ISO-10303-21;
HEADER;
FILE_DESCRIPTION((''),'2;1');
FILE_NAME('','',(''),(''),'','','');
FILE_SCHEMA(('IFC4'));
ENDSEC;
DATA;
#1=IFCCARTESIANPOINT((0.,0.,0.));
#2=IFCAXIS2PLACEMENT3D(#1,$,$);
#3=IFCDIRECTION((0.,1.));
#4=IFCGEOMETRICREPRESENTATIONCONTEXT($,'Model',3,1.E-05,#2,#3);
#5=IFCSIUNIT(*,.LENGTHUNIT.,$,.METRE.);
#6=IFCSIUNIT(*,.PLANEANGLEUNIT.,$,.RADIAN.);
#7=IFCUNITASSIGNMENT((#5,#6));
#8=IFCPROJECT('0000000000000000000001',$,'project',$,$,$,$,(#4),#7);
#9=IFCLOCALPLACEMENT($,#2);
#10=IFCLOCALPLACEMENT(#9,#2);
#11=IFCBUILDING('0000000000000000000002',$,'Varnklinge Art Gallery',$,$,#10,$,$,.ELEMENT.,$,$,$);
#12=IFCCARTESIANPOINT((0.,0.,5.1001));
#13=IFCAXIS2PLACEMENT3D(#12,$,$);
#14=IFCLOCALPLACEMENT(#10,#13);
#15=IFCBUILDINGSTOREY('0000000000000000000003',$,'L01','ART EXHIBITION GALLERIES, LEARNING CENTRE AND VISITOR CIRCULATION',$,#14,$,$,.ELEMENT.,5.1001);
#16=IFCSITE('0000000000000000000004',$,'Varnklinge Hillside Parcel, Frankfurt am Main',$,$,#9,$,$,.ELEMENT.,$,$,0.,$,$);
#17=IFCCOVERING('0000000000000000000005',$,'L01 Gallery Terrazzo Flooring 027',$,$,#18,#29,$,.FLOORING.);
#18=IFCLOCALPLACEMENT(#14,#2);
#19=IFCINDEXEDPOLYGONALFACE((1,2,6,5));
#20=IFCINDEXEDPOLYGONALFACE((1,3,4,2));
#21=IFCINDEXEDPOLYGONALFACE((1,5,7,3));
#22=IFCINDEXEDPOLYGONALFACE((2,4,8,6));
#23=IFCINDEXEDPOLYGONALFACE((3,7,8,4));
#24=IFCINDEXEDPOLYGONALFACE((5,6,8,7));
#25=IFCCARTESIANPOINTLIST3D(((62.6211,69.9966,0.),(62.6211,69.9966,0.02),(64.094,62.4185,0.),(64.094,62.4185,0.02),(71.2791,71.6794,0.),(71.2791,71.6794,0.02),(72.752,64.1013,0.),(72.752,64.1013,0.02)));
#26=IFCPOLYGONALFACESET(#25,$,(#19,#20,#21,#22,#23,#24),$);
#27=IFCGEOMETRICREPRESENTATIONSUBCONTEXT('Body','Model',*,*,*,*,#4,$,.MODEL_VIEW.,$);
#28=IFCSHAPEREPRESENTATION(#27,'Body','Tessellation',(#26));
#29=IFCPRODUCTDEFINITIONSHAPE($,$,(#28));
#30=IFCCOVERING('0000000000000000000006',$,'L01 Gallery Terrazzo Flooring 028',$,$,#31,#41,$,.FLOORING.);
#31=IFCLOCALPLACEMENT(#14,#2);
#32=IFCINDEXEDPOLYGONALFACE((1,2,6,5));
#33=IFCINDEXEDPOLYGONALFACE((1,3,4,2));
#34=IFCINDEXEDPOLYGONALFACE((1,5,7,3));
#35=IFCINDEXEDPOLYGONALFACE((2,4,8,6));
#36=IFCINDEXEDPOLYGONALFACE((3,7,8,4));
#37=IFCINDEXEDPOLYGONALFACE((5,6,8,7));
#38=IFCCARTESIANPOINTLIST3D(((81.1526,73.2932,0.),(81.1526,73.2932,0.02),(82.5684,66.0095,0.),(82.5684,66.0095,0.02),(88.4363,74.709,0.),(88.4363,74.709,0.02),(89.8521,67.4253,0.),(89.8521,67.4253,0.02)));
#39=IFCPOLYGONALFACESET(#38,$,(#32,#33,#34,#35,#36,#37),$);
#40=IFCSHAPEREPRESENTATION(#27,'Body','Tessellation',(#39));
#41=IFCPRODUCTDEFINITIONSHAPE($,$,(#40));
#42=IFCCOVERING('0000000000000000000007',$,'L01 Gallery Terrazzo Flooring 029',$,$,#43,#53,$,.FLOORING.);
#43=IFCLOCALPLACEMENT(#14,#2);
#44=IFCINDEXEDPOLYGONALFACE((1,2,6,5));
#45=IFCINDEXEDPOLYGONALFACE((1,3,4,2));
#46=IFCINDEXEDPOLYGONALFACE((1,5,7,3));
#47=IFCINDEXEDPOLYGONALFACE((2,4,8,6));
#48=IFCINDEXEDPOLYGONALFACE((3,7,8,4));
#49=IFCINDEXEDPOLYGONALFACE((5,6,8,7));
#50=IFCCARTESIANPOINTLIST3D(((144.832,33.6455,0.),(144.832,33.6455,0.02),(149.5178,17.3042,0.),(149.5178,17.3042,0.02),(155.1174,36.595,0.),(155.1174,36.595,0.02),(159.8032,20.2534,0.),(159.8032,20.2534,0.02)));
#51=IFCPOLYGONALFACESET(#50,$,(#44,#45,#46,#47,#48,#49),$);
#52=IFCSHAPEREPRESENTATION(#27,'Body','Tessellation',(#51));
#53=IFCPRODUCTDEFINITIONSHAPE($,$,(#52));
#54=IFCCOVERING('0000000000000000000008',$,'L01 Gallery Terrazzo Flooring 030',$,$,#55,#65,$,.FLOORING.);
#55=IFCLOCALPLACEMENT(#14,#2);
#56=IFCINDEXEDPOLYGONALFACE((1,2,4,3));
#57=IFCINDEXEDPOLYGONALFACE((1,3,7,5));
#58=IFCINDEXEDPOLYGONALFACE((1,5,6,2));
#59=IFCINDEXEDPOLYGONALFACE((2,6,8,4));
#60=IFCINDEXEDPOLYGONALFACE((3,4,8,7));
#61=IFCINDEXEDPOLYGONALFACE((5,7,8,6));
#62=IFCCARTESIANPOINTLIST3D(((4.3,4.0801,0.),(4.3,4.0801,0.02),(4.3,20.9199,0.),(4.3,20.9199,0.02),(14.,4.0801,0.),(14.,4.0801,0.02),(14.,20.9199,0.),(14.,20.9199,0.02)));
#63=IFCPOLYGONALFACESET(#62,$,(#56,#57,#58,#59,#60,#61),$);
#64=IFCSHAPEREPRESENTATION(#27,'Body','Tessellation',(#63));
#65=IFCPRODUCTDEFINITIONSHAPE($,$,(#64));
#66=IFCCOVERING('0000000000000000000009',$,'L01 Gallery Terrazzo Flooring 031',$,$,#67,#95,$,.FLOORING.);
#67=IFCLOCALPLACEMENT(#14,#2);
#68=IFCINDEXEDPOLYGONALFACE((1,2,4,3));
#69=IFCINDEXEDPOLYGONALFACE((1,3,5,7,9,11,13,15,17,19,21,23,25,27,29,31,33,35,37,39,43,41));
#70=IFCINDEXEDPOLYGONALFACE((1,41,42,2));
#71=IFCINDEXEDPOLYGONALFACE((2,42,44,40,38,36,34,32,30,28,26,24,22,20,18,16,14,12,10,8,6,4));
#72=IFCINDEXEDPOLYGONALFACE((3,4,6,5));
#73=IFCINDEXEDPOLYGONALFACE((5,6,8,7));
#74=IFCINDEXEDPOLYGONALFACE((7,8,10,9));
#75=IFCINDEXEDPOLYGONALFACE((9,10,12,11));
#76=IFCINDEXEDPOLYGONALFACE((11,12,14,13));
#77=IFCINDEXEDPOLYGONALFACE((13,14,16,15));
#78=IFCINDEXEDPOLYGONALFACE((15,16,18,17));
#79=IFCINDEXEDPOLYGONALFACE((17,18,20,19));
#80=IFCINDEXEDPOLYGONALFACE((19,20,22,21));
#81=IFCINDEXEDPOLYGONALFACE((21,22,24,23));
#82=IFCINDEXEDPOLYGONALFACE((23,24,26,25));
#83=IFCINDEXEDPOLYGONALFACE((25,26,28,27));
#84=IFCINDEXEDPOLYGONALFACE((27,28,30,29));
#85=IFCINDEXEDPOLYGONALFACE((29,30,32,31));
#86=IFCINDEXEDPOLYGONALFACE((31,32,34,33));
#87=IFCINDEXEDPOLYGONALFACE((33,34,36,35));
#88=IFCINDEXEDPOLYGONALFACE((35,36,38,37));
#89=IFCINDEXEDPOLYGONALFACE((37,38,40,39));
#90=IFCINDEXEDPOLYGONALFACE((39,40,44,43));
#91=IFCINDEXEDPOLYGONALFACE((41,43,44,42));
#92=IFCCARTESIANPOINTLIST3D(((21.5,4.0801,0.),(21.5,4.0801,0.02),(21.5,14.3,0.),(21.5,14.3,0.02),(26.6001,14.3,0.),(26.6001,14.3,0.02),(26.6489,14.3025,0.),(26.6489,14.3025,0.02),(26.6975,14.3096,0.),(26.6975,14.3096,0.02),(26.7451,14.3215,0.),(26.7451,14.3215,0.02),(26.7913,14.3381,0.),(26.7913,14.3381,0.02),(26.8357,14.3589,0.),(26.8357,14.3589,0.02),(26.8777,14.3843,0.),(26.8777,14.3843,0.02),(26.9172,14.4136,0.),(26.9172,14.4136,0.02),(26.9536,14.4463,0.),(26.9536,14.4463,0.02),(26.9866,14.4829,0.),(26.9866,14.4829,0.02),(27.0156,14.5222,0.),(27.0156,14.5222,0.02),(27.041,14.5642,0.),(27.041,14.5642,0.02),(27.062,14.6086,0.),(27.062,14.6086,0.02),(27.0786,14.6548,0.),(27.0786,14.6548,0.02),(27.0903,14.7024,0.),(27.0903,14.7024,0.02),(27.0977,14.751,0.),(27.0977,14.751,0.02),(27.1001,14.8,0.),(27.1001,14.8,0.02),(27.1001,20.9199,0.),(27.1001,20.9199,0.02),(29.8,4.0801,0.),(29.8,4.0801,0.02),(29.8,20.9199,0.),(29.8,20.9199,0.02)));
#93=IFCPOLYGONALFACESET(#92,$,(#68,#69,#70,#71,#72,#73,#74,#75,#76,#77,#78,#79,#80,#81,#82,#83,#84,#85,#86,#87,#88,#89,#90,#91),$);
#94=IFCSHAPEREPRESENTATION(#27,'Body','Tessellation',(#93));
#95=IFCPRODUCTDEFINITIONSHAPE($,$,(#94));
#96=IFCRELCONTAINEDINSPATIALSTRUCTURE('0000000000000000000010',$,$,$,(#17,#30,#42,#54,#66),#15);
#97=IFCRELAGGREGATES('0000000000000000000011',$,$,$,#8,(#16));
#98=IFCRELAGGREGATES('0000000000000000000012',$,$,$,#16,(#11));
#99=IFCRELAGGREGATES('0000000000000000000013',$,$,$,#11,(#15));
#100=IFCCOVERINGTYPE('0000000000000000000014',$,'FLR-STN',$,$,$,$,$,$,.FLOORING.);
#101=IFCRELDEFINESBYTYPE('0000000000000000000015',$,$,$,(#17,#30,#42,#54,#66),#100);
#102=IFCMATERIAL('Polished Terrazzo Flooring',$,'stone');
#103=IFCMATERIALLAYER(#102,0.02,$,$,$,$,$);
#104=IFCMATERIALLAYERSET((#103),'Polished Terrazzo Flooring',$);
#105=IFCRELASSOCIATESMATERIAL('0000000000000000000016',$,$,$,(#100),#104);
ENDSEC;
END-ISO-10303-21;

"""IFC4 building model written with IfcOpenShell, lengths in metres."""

from ifc_helpers import new_model, si_unit, direction, frame, origin, place, context, subcontext, project, spatial, polyline, outline, extrude, material, layer, layer_set, type_object, element, save


model = new_model("IFC4")

# Units and contexts
model_context = context("Model", 3, precision=1e-05, world=origin(), true_north=direction((0.0, 1.0)))
body_context = subcontext(model_context, "Body", "Model", "MODEL_VIEW")
ifc_project = project(units=[si_unit("LENGTHUNIT", "METRE"), si_unit("PLANEANGLEUNIT", "RADIAN")], contexts=[model_context])

# Site, building, storey
site_placement = place(None, origin())
site = spatial("IfcSite", under=ifc_project, at=site_placement, Name="Varnklinge Hillside Parcel, Frankfurt am Main", CompositionType="ELEMENT", RefElevation=0.0)
building_placement = place(site_placement, origin())
building = spatial("IfcBuilding", under=site, at=building_placement, Name="Varnklinge Art Gallery", CompositionType="ELEMENT")
storey_placement = place(building_placement, frame((0.0, 0.0, 5.1001)))
storey = spatial("IfcBuildingStorey", under=building, at=storey_placement, Name="L01", Description="ART EXHIBITION GALLERIES, LEARNING CENTRE AND VISITOR CIRCULATION", CompositionType="ELEMENT", Elevation=5.1001)

# Coverings
ifc_material_1 = material(Name="Polished Terrazzo Flooring", Category="stone")
ifc_layer_1 = layer(ifc_material_1, 0.02)
ifc_layer_set_1 = layer_set([ifc_layer_1], Name="Polished Terrazzo Flooring")
covering_type_1 = type_object("IfcCoveringType", Name="FLR-STN", PredefinedType="FLOORING", material=ifc_layer_set_1)
covering_1_placement = place(storey_placement, origin())
element("IfcCovering", 1, at=covering_1_placement, inside=storey, type_object=covering_type_1, Name="L01 Gallery Terrazzo Flooring 027", PredefinedType="FLOORING", context=body_context, shape_type="SweptSolid", body=[
    extrude(outline(polyline([(72.752, 64.1013), (71.2791, 71.6794), (62.6211, 69.9966), (64.094, 62.4185), (72.752, 64.1013)])), origin(), (0.0, 0.0, 1.0), 0.02),
])
covering_2_placement = place(storey_placement, origin())
element("IfcCovering", 2, at=covering_2_placement, inside=storey, type_object=covering_type_1, Name="L01 Gallery Terrazzo Flooring 028", PredefinedType="FLOORING", context=body_context, shape_type="SweptSolid", body=[
    extrude(outline(polyline([(89.8521, 67.4253), (88.4363, 74.709), (81.1526, 73.2932), (82.5684, 66.0095), (89.8521, 67.4253)])), origin(), (0.0, 0.0, 1.0), 0.02),
])
covering_3_placement = place(storey_placement, origin())
element("IfcCovering", 3, at=covering_3_placement, inside=storey, type_object=covering_type_1, Name="L01 Gallery Terrazzo Flooring 029", PredefinedType="FLOORING", context=body_context, shape_type="SweptSolid", body=[
    extrude(outline(polyline([(159.8032, 20.2534), (155.1174, 36.595), (144.832, 33.6455), (149.5178, 17.3042), (159.8032, 20.2534)])), origin(), (0.0, 0.0, 1.0), 0.02),
])
covering_4_placement = place(storey_placement, origin())
element("IfcCovering", 4, at=covering_4_placement, inside=storey, type_object=covering_type_1, Name="L01 Gallery Terrazzo Flooring 030", PredefinedType="FLOORING", context=body_context, shape_type="SweptSolid", body=[
    extrude(outline(polyline([(14.0, 20.9199), (4.3, 20.9199), (4.3, 4.0801), (14.0, 4.0801), (14.0, 20.9199)])), origin(), (0.0, 0.0, 1.0), 0.02),
])
covering_5_placement = place(storey_placement, origin())
element("IfcCovering", 5, at=covering_5_placement, inside=storey, type_object=covering_type_1, Name="L01 Gallery Terrazzo Flooring 031", PredefinedType="FLOORING", context=body_context, shape_type="SweptSolid", body=[
    extrude(outline(polyline([(21.5, 14.3), (21.5, 4.0801), (29.8, 4.0801), (29.8, 20.9199), (27.1001, 20.9199), (27.1001, 14.8), (27.0977, 14.751), (27.0903, 14.7024), (27.0786, 14.6548), (27.062, 14.6086), (27.041, 14.5642), (27.0156, 14.5222), (26.9866, 14.4829), (26.9536, 14.4463), (26.9172, 14.4136), (26.8777, 14.3843), (26.8357, 14.3589), (26.7913, 14.3381), (26.7451, 14.3215), (26.6975, 14.3096), (26.6489, 14.3025), (26.6001, 14.3), (21.5, 14.3)])), origin(), (0.0, 0.0, 1.0), 0.02),
])

save(model, "model.ifc")
